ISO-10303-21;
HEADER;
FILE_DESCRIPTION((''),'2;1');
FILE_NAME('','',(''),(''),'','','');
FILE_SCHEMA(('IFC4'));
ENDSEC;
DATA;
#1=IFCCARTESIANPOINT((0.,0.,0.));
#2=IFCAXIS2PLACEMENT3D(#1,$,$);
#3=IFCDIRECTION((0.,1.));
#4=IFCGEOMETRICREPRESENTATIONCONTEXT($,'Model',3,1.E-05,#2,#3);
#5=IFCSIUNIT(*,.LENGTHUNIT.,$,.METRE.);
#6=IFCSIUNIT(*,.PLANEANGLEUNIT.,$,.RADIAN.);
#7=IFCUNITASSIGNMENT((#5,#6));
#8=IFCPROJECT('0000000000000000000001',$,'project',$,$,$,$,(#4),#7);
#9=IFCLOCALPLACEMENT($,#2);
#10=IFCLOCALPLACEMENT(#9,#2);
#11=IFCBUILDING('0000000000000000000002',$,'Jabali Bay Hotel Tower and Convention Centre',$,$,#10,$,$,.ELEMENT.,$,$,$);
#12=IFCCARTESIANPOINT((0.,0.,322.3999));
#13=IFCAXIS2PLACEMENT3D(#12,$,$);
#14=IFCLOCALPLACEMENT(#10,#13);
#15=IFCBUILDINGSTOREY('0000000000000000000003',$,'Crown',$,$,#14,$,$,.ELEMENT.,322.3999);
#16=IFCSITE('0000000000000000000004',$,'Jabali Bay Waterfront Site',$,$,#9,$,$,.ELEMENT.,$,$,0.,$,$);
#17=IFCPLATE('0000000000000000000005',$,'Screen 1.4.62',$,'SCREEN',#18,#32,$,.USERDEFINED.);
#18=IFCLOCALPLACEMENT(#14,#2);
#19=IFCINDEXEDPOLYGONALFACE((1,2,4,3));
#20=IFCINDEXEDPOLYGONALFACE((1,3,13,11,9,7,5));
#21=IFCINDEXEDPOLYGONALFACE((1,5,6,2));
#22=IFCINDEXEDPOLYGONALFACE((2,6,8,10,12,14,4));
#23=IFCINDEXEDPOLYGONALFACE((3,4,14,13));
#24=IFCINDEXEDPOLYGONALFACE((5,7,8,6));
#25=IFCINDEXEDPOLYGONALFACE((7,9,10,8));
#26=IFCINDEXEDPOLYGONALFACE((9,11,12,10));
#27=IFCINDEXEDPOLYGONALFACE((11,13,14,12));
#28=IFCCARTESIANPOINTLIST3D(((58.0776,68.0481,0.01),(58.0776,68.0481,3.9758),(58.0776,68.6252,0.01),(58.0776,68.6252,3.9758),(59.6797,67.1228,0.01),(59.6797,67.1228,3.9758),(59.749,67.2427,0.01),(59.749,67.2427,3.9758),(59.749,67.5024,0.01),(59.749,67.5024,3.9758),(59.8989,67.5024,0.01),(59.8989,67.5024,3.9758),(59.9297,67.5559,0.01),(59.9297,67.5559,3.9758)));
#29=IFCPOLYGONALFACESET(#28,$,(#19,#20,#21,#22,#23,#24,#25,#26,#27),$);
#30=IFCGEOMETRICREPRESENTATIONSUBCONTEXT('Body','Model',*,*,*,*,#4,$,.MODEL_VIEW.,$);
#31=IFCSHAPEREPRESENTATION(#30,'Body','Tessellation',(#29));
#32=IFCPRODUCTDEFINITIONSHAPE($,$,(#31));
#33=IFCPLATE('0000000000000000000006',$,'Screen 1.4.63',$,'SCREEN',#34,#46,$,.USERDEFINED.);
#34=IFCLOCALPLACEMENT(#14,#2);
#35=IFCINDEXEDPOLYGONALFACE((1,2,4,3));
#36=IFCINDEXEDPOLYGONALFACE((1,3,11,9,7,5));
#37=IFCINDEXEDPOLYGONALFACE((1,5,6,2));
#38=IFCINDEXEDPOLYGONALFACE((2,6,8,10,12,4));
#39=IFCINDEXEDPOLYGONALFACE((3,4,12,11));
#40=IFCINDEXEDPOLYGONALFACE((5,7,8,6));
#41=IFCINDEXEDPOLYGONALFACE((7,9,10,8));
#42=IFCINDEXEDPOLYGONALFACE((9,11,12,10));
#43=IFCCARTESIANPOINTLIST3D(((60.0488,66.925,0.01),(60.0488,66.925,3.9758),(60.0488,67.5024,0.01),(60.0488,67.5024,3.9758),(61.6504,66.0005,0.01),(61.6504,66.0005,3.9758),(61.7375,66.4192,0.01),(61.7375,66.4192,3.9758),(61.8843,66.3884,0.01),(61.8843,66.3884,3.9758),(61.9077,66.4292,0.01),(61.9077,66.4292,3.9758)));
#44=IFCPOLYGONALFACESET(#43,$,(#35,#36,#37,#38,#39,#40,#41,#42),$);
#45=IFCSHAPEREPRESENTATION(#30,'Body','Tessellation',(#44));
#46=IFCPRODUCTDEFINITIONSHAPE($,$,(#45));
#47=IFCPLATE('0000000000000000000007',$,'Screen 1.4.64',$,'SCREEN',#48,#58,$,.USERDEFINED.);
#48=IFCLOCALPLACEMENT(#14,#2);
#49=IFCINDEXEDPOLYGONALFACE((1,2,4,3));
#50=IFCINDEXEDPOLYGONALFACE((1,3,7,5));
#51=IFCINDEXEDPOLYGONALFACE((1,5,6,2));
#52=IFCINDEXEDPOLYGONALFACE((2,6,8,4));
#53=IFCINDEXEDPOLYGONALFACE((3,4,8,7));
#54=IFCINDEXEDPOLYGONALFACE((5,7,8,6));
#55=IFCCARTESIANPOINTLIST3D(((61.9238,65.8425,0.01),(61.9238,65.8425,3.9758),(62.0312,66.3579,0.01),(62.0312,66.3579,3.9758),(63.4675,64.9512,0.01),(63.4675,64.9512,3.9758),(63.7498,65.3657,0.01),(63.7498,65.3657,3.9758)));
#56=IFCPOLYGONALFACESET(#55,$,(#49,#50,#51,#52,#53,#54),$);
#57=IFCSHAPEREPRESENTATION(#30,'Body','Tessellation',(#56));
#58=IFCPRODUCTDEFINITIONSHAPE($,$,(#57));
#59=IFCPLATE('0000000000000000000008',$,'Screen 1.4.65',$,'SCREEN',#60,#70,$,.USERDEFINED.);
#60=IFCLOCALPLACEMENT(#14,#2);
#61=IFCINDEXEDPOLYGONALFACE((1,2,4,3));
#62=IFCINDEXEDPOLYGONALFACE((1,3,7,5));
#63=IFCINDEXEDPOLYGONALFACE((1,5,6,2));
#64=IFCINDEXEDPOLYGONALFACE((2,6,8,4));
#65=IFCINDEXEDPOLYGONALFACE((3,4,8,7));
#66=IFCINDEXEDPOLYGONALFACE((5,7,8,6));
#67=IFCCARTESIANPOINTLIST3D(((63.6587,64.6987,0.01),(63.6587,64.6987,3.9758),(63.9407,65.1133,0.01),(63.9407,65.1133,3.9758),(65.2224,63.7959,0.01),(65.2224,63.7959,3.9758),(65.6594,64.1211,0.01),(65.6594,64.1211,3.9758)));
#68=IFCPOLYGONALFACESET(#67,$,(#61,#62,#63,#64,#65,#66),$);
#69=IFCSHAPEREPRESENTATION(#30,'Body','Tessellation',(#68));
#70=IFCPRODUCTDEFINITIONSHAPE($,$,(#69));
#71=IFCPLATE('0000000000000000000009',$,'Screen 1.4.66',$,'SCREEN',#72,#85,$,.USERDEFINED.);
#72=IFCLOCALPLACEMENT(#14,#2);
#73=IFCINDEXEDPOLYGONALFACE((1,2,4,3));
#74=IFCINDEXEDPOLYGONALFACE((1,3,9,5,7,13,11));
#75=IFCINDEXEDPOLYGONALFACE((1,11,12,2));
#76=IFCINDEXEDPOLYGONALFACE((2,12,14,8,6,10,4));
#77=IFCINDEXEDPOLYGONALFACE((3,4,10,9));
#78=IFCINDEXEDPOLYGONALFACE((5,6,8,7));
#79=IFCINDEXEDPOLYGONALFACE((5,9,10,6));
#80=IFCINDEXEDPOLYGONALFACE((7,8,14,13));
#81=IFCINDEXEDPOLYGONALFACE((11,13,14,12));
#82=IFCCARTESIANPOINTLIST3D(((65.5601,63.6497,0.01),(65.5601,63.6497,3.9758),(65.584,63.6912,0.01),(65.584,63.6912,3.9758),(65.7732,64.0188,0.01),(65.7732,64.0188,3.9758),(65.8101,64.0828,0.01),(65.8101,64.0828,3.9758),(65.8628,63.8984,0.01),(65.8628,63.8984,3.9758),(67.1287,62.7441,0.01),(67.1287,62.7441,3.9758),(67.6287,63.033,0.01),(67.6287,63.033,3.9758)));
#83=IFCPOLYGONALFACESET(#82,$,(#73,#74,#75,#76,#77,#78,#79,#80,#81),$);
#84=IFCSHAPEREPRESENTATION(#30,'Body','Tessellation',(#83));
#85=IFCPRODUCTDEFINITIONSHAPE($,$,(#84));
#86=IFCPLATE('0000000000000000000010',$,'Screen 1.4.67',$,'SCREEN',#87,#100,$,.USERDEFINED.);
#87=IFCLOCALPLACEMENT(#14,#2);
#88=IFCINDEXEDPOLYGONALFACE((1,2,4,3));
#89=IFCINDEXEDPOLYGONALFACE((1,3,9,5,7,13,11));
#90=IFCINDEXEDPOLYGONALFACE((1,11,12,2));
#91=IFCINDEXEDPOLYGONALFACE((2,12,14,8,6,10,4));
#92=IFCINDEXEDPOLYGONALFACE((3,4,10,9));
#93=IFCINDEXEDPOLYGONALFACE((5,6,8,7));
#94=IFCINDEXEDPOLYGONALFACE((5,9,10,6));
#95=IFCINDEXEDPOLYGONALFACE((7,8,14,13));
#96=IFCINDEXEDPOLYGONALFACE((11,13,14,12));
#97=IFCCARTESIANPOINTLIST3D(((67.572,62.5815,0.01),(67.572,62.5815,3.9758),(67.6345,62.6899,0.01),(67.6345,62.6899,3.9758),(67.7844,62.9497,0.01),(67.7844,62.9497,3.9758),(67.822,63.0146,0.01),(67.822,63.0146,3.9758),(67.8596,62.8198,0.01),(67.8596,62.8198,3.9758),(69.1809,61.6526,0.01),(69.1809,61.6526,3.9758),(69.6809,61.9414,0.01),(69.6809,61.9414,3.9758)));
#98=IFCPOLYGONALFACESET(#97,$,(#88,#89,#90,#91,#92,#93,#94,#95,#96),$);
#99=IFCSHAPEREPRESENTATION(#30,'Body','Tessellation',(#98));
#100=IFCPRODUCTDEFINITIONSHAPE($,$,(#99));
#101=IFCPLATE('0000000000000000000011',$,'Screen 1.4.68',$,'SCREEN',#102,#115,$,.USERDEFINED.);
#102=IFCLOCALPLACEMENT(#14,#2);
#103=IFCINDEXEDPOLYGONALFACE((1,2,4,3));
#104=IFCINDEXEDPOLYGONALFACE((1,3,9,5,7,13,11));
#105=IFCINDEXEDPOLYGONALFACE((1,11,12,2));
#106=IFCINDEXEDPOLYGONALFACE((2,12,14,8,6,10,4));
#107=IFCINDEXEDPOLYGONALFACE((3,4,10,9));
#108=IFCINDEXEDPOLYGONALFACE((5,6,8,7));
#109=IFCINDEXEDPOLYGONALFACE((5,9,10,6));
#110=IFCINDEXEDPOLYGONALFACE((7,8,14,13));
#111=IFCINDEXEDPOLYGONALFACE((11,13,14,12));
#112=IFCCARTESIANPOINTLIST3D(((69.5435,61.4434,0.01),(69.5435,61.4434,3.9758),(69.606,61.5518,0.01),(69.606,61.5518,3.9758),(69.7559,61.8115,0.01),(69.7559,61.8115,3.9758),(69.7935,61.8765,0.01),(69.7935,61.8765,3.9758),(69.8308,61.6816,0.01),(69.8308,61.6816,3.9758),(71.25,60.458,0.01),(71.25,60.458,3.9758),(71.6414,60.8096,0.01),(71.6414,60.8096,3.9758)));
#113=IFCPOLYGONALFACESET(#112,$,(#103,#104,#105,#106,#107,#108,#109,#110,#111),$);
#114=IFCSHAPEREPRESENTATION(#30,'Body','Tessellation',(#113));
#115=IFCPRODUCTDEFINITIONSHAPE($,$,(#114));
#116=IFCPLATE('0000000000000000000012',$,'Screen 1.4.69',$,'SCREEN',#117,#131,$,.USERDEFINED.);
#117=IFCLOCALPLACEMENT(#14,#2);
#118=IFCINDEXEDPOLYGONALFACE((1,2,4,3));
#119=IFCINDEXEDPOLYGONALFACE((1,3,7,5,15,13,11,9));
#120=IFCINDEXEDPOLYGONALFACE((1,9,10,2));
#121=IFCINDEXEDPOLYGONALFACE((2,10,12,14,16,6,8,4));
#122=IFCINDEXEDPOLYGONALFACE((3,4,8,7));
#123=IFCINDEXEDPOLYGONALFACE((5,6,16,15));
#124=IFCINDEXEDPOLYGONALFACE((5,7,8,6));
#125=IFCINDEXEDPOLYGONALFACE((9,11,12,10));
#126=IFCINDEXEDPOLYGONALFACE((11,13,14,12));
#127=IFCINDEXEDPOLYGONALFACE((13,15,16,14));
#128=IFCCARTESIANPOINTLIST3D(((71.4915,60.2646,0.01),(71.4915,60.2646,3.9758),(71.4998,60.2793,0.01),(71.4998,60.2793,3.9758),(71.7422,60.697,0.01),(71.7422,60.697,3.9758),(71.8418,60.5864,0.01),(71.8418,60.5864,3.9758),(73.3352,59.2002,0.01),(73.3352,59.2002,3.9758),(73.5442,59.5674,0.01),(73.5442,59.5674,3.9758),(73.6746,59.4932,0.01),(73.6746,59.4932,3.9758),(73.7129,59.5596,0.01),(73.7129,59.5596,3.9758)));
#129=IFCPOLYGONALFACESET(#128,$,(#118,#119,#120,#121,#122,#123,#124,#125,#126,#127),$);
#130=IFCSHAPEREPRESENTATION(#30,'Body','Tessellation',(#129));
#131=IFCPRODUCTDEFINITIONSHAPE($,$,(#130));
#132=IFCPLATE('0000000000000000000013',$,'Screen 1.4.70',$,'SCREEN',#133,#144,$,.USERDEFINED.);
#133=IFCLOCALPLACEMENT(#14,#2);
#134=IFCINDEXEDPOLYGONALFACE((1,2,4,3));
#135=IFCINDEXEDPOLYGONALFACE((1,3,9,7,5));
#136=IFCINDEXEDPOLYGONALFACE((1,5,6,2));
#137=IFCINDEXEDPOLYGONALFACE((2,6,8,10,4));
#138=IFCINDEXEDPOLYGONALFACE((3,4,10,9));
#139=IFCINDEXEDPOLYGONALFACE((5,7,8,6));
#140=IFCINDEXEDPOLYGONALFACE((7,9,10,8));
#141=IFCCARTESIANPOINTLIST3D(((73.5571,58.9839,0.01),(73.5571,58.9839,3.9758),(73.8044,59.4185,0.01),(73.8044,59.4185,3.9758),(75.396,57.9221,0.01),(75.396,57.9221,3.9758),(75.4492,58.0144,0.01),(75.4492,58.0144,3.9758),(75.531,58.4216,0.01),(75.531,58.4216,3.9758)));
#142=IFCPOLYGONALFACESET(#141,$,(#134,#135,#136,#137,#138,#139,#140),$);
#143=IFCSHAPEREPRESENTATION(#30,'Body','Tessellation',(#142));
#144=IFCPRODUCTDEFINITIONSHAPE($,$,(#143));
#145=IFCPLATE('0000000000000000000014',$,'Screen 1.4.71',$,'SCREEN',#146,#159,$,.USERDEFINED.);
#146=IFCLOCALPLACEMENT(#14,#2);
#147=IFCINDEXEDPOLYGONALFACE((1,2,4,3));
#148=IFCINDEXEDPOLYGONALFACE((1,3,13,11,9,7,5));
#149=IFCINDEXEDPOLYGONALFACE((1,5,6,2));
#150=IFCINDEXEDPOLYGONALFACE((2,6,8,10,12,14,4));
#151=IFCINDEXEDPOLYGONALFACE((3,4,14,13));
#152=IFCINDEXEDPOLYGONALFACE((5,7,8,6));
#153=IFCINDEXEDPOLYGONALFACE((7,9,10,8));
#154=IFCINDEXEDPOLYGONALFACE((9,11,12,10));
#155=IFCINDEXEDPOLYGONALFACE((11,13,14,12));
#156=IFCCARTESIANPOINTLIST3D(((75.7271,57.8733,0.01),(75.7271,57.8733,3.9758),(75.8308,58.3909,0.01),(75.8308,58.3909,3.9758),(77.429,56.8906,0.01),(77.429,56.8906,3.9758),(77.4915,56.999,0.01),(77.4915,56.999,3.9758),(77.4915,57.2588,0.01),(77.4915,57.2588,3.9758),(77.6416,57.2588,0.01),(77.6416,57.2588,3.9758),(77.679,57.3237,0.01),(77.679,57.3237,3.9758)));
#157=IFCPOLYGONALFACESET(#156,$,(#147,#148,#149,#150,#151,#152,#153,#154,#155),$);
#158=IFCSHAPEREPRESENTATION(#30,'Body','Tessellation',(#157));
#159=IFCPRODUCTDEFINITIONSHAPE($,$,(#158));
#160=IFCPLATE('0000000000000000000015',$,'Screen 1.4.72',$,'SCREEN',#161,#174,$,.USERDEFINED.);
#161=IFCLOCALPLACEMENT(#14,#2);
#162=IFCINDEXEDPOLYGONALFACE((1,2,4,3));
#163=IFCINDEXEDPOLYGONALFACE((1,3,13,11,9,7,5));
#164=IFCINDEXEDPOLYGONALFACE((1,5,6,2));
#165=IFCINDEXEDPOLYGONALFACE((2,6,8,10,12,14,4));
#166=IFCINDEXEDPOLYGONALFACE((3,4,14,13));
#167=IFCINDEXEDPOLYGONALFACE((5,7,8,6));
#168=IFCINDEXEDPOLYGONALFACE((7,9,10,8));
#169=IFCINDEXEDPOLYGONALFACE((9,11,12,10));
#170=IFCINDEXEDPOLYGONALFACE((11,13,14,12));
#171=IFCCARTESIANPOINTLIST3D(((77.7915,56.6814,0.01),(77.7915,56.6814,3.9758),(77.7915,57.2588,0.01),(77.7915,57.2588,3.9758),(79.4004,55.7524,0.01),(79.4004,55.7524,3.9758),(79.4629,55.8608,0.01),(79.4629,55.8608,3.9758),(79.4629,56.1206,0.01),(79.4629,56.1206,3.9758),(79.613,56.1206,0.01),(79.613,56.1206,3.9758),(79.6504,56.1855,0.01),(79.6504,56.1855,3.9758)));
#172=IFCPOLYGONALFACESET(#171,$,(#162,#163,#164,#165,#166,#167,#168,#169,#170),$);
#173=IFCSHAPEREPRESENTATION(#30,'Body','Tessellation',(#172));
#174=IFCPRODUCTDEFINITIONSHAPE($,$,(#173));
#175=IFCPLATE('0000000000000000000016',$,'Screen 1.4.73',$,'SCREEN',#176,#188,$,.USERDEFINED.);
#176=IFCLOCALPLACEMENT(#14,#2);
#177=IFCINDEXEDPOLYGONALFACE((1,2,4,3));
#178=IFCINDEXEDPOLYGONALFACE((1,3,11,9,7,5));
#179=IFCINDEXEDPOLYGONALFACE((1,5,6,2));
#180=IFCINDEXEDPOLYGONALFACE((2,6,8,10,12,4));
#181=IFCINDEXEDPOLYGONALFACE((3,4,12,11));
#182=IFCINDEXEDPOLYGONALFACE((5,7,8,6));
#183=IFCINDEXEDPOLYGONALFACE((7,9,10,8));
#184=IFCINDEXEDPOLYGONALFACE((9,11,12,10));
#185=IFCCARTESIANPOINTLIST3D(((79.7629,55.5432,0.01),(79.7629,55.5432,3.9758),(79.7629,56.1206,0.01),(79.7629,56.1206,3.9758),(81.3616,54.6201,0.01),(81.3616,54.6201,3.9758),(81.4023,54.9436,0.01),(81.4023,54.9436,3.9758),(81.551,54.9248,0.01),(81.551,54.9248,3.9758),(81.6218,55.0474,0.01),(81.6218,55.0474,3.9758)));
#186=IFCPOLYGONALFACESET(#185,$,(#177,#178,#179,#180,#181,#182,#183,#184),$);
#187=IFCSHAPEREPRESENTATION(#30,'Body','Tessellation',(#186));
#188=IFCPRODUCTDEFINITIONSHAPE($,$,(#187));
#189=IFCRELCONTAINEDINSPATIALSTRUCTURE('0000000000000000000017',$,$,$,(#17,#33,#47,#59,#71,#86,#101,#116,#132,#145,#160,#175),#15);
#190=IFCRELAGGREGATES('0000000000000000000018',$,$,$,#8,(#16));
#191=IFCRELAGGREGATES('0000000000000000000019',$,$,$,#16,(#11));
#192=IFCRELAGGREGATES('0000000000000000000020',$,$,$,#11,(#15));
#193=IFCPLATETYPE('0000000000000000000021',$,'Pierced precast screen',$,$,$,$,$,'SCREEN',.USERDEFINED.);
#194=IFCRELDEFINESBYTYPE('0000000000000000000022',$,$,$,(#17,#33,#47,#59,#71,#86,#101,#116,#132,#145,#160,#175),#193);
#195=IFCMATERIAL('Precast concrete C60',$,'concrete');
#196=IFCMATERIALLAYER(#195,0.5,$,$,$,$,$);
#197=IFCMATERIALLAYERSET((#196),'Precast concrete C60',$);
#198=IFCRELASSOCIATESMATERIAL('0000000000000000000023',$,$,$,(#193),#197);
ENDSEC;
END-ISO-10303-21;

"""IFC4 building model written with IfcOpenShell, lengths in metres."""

from ifc_helpers import new_model, si_unit, direction, frame, origin, place, context, subcontext, project, spatial, polyline, outline, extrude, material, layer, layer_set, type_object, element, save


model = new_model("IFC4")

# Units and contexts
model_context = context("Model", 3, precision=1e-05, world=origin(), true_north=direction((0.0, 1.0)))
body_context = subcontext(model_context, "Body", "Model", "MODEL_VIEW")
ifc_project = project(units=[si_unit("LENGTHUNIT", "METRE"), si_unit("PLANEANGLEUNIT", "RADIAN")], contexts=[model_context])

# Site, building, storey
site_placement = place(None, origin())
site = spatial("IfcSite", under=ifc_project, at=site_placement, Name="Jabali Bay Waterfront Site", CompositionType="ELEMENT", RefElevation=0.0)
building_placement = place(site_placement, origin())
building = spatial("IfcBuilding", under=site, at=building_placement, Name="Jabali Bay Hotel Tower and Convention Centre", CompositionType="ELEMENT")
storey_placement = place(building_placement, frame((0.0, 0.0, 322.3999)))
storey = spatial("IfcBuildingStorey", under=building, at=storey_placement, Name="Crown", CompositionType="ELEMENT", Elevation=322.3999)

# Plates
ifc_material = material(Name="Precast concrete C60", Category="concrete")
ifc_layer = layer(ifc_material, 0.5)
ifc_layer_set = layer_set([ifc_layer], Name="Precast concrete C60")
plate_type = type_object("IfcPlateType", Name="Pierced precast screen", ElementType="SCREEN", PredefinedType="USERDEFINED", material=ifc_layer_set)
plate_1_placement = place(storey_placement, frame((0.0, 0.0, 0.01)))
element("IfcPlate", 1, at=plate_1_placement, inside=storey, type_object=plate_type, Name="Screen 1.4.62", ObjectType="SCREEN", PredefinedType="USERDEFINED", context=body_context, shape_type="SweptSolid", body=[
    extrude(outline(polyline([(59.9297, 67.5559), (58.0776, 68.6252), (58.0776, 68.0481), (59.6797, 67.1228), (59.749, 67.2427), (59.749, 67.5024), (59.8989, 67.5024), (59.9297, 67.5559)])), origin(), (0.0, 0.0, 1.0), 3.9658),
])
plate_2_placement = place(storey_placement, frame((0.0, 0.0, 0.01)))
element("IfcPlate", 2, at=plate_2_placement, inside=storey, type_object=plate_type, Name="Screen 1.4.63", ObjectType="SCREEN", PredefinedType="USERDEFINED", context=body_context, shape_type="SweptSolid", body=[
    extrude(outline(polyline([(61.9077, 66.4292), (60.0488, 67.5024), (60.0488, 66.925), (61.6504, 66.0005), (61.7375, 66.4192), (61.8843, 66.3884), (61.9077, 66.4292)])), origin(), (0.0, 0.0, 1.0), 3.9658),
])
plate_3_placement = place(storey_placement, frame((0.0, 0.0, 0.01)))
element("IfcPlate", 3, at=plate_3_placement, inside=storey, type_object=plate_type, Name="Screen 1.4.64", ObjectType="SCREEN", PredefinedType="USERDEFINED", context=body_context, shape_type="SweptSolid", body=[
    extrude(outline(polyline([(63.7498, 65.3657), (62.0312, 66.3579), (61.9238, 65.8425), (63.4675, 64.9512), (63.7498, 65.3657)])), origin(), (0.0, 0.0, 1.0), 3.9658),
])
plate_4_placement = place(storey_placement, frame((0.0, 0.0, 0.01)))
element("IfcPlate", 4, at=plate_4_placement, inside=storey, type_object=plate_type, Name="Screen 1.4.65", ObjectType="SCREEN", PredefinedType="USERDEFINED", context=body_context, shape_type="SweptSolid", body=[
    extrude(outline(polyline([(65.6594, 64.1211), (63.9407, 65.1133), (63.6587, 64.6987), (65.2224, 63.7959), (65.6594, 64.1211)])), origin(), (0.0, 0.0, 1.0), 3.9658),
])
plate_5_placement = place(storey_placement, frame((0.0, 0.0, 0.01)))
element("IfcPlate", 5, at=plate_5_placement, inside=storey, type_object=plate_type, Name="Screen 1.4.66", ObjectType="SCREEN", PredefinedType="USERDEFINED", context=body_context, shape_type="SweptSolid", body=[
    extrude(outline(polyline([(67.6287, 63.033), (65.8101, 64.0828), (65.7732, 64.0188), (65.8628, 63.8984), (65.584, 63.6912), (65.5601, 63.6497), (67.1287, 62.7441), (67.6287, 63.033)])), origin(), (0.0, 0.0, 1.0), 3.9658),
])
plate_6_placement = place(storey_placement, frame((0.0, 0.0, 0.01)))
element("IfcPlate", 6, at=plate_6_placement, inside=storey, type_object=plate_type, Name="Screen 1.4.67", ObjectType="SCREEN", PredefinedType="USERDEFINED", context=body_context, shape_type="SweptSolid", body=[
    extrude(outline(polyline([(69.6809, 61.9414), (67.822, 63.0146), (67.7844, 62.9497), (67.8596, 62.8198), (67.6345, 62.6899), (67.572, 62.5815), (69.1809, 61.6526), (69.6809, 61.9414)])), origin(), (0.0, 0.0, 1.0), 3.9658),
])
plate_7_placement = place(storey_placement, frame((0.0, 0.0, 0.01)))
element("IfcPlate", 7, at=plate_7_placement, inside=storey, type_object=plate_type, Name="Screen 1.4.68", ObjectType="SCREEN", PredefinedType="USERDEFINED", context=body_context, shape_type="SweptSolid", body=[
    extrude(outline(polyline([(71.6414, 60.8096), (69.7935, 61.8765), (69.7559, 61.8115), (69.8308, 61.6816), (69.606, 61.5518), (69.5435, 61.4434), (71.25, 60.458), (71.6414, 60.8096)])), origin(), (0.0, 0.0, 1.0), 3.9658),
])
plate_8_placement = place(storey_placement, frame((0.0, 0.0, 0.01)))
element("IfcPlate", 8, at=plate_8_placement, inside=storey, type_object=plate_type, Name="Screen 1.4.69", ObjectType="SCREEN", PredefinedType="USERDEFINED", context=body_context, shape_type="SweptSolid", body=[
    extrude(outline(polyline([(73.7129, 59.5596), (71.7422, 60.697), (71.8418, 60.5864), (71.4998, 60.2793), (71.4915, 60.2646), (73.3352, 59.2002), (73.5442, 59.5674), (73.6746, 59.4932), (73.7129, 59.5596)])), origin(), (0.0, 0.0, 1.0), 3.9658),
])
plate_9_placement = place(storey_placement, frame((0.0, 0.0, 0.01)))
element("IfcPlate", 9, at=plate_9_placement, inside=storey, type_object=plate_type, Name="Screen 1.4.70", ObjectType="SCREEN", PredefinedType="USERDEFINED", context=body_context, shape_type="SweptSolid", body=[
    extrude(outline(polyline([(75.531, 58.4216), (73.8044, 59.4185), (73.5571, 58.9839), (75.396, 57.9221), (75.4492, 58.0144), (75.531, 58.4216)])), origin(), (0.0, 0.0, 1.0), 3.9658),
])
plate_10_placement = place(storey_placement, frame((0.0, 0.0, 0.01)))
element("IfcPlate", 10, at=plate_10_placement, inside=storey, type_object=plate_type, Name="Screen 1.4.71", ObjectType="SCREEN", PredefinedType="USERDEFINED", context=body_context, shape_type="SweptSolid", body=[
    extrude(outline(polyline([(77.679, 57.3237), (75.8308, 58.3909), (75.7271, 57.8733), (77.429, 56.8906), (77.4915, 56.999), (77.4915, 57.2588), (77.6416, 57.2588), (77.679, 57.3237)])), origin(), (0.0, 0.0, 1.0), 3.9658),
])
plate_11_placement = place(storey_placement, frame((0.0, 0.0, 0.01)))
element("IfcPlate", 11, at=plate_11_placement, inside=storey, type_object=plate_type, Name="Screen 1.4.72", ObjectType="SCREEN", PredefinedType="USERDEFINED", context=body_context, shape_type="SweptSolid", body=[
    extrude(outline(polyline([(79.6504, 56.1855), (77.7915, 57.2588), (77.7915, 56.6814), (79.4004, 55.7524), (79.4629, 55.8608), (79.4629, 56.1206), (79.613, 56.1206), (79.6504, 56.1855)])), origin(), (0.0, 0.0, 1.0), 3.9658),
])
plate_12_placement = place(storey_placement, frame((0.0, 0.0, 0.01)))
element("IfcPlate", 12, at=plate_12_placement, inside=storey, type_object=plate_type, Name="Screen 1.4.73", ObjectType="SCREEN", PredefinedType="USERDEFINED", context=body_context, shape_type="SweptSolid", body=[
    extrude(outline(polyline([(81.6218, 55.0474), (79.7629, 56.1206), (79.7629, 55.5432), (81.3616, 54.6201), (81.4023, 54.9436), (81.551, 54.9248), (81.6218, 55.0474)])), origin(), (0.0, 0.0, 1.0), 3.9658),
])

save(model, "model.ifc")
